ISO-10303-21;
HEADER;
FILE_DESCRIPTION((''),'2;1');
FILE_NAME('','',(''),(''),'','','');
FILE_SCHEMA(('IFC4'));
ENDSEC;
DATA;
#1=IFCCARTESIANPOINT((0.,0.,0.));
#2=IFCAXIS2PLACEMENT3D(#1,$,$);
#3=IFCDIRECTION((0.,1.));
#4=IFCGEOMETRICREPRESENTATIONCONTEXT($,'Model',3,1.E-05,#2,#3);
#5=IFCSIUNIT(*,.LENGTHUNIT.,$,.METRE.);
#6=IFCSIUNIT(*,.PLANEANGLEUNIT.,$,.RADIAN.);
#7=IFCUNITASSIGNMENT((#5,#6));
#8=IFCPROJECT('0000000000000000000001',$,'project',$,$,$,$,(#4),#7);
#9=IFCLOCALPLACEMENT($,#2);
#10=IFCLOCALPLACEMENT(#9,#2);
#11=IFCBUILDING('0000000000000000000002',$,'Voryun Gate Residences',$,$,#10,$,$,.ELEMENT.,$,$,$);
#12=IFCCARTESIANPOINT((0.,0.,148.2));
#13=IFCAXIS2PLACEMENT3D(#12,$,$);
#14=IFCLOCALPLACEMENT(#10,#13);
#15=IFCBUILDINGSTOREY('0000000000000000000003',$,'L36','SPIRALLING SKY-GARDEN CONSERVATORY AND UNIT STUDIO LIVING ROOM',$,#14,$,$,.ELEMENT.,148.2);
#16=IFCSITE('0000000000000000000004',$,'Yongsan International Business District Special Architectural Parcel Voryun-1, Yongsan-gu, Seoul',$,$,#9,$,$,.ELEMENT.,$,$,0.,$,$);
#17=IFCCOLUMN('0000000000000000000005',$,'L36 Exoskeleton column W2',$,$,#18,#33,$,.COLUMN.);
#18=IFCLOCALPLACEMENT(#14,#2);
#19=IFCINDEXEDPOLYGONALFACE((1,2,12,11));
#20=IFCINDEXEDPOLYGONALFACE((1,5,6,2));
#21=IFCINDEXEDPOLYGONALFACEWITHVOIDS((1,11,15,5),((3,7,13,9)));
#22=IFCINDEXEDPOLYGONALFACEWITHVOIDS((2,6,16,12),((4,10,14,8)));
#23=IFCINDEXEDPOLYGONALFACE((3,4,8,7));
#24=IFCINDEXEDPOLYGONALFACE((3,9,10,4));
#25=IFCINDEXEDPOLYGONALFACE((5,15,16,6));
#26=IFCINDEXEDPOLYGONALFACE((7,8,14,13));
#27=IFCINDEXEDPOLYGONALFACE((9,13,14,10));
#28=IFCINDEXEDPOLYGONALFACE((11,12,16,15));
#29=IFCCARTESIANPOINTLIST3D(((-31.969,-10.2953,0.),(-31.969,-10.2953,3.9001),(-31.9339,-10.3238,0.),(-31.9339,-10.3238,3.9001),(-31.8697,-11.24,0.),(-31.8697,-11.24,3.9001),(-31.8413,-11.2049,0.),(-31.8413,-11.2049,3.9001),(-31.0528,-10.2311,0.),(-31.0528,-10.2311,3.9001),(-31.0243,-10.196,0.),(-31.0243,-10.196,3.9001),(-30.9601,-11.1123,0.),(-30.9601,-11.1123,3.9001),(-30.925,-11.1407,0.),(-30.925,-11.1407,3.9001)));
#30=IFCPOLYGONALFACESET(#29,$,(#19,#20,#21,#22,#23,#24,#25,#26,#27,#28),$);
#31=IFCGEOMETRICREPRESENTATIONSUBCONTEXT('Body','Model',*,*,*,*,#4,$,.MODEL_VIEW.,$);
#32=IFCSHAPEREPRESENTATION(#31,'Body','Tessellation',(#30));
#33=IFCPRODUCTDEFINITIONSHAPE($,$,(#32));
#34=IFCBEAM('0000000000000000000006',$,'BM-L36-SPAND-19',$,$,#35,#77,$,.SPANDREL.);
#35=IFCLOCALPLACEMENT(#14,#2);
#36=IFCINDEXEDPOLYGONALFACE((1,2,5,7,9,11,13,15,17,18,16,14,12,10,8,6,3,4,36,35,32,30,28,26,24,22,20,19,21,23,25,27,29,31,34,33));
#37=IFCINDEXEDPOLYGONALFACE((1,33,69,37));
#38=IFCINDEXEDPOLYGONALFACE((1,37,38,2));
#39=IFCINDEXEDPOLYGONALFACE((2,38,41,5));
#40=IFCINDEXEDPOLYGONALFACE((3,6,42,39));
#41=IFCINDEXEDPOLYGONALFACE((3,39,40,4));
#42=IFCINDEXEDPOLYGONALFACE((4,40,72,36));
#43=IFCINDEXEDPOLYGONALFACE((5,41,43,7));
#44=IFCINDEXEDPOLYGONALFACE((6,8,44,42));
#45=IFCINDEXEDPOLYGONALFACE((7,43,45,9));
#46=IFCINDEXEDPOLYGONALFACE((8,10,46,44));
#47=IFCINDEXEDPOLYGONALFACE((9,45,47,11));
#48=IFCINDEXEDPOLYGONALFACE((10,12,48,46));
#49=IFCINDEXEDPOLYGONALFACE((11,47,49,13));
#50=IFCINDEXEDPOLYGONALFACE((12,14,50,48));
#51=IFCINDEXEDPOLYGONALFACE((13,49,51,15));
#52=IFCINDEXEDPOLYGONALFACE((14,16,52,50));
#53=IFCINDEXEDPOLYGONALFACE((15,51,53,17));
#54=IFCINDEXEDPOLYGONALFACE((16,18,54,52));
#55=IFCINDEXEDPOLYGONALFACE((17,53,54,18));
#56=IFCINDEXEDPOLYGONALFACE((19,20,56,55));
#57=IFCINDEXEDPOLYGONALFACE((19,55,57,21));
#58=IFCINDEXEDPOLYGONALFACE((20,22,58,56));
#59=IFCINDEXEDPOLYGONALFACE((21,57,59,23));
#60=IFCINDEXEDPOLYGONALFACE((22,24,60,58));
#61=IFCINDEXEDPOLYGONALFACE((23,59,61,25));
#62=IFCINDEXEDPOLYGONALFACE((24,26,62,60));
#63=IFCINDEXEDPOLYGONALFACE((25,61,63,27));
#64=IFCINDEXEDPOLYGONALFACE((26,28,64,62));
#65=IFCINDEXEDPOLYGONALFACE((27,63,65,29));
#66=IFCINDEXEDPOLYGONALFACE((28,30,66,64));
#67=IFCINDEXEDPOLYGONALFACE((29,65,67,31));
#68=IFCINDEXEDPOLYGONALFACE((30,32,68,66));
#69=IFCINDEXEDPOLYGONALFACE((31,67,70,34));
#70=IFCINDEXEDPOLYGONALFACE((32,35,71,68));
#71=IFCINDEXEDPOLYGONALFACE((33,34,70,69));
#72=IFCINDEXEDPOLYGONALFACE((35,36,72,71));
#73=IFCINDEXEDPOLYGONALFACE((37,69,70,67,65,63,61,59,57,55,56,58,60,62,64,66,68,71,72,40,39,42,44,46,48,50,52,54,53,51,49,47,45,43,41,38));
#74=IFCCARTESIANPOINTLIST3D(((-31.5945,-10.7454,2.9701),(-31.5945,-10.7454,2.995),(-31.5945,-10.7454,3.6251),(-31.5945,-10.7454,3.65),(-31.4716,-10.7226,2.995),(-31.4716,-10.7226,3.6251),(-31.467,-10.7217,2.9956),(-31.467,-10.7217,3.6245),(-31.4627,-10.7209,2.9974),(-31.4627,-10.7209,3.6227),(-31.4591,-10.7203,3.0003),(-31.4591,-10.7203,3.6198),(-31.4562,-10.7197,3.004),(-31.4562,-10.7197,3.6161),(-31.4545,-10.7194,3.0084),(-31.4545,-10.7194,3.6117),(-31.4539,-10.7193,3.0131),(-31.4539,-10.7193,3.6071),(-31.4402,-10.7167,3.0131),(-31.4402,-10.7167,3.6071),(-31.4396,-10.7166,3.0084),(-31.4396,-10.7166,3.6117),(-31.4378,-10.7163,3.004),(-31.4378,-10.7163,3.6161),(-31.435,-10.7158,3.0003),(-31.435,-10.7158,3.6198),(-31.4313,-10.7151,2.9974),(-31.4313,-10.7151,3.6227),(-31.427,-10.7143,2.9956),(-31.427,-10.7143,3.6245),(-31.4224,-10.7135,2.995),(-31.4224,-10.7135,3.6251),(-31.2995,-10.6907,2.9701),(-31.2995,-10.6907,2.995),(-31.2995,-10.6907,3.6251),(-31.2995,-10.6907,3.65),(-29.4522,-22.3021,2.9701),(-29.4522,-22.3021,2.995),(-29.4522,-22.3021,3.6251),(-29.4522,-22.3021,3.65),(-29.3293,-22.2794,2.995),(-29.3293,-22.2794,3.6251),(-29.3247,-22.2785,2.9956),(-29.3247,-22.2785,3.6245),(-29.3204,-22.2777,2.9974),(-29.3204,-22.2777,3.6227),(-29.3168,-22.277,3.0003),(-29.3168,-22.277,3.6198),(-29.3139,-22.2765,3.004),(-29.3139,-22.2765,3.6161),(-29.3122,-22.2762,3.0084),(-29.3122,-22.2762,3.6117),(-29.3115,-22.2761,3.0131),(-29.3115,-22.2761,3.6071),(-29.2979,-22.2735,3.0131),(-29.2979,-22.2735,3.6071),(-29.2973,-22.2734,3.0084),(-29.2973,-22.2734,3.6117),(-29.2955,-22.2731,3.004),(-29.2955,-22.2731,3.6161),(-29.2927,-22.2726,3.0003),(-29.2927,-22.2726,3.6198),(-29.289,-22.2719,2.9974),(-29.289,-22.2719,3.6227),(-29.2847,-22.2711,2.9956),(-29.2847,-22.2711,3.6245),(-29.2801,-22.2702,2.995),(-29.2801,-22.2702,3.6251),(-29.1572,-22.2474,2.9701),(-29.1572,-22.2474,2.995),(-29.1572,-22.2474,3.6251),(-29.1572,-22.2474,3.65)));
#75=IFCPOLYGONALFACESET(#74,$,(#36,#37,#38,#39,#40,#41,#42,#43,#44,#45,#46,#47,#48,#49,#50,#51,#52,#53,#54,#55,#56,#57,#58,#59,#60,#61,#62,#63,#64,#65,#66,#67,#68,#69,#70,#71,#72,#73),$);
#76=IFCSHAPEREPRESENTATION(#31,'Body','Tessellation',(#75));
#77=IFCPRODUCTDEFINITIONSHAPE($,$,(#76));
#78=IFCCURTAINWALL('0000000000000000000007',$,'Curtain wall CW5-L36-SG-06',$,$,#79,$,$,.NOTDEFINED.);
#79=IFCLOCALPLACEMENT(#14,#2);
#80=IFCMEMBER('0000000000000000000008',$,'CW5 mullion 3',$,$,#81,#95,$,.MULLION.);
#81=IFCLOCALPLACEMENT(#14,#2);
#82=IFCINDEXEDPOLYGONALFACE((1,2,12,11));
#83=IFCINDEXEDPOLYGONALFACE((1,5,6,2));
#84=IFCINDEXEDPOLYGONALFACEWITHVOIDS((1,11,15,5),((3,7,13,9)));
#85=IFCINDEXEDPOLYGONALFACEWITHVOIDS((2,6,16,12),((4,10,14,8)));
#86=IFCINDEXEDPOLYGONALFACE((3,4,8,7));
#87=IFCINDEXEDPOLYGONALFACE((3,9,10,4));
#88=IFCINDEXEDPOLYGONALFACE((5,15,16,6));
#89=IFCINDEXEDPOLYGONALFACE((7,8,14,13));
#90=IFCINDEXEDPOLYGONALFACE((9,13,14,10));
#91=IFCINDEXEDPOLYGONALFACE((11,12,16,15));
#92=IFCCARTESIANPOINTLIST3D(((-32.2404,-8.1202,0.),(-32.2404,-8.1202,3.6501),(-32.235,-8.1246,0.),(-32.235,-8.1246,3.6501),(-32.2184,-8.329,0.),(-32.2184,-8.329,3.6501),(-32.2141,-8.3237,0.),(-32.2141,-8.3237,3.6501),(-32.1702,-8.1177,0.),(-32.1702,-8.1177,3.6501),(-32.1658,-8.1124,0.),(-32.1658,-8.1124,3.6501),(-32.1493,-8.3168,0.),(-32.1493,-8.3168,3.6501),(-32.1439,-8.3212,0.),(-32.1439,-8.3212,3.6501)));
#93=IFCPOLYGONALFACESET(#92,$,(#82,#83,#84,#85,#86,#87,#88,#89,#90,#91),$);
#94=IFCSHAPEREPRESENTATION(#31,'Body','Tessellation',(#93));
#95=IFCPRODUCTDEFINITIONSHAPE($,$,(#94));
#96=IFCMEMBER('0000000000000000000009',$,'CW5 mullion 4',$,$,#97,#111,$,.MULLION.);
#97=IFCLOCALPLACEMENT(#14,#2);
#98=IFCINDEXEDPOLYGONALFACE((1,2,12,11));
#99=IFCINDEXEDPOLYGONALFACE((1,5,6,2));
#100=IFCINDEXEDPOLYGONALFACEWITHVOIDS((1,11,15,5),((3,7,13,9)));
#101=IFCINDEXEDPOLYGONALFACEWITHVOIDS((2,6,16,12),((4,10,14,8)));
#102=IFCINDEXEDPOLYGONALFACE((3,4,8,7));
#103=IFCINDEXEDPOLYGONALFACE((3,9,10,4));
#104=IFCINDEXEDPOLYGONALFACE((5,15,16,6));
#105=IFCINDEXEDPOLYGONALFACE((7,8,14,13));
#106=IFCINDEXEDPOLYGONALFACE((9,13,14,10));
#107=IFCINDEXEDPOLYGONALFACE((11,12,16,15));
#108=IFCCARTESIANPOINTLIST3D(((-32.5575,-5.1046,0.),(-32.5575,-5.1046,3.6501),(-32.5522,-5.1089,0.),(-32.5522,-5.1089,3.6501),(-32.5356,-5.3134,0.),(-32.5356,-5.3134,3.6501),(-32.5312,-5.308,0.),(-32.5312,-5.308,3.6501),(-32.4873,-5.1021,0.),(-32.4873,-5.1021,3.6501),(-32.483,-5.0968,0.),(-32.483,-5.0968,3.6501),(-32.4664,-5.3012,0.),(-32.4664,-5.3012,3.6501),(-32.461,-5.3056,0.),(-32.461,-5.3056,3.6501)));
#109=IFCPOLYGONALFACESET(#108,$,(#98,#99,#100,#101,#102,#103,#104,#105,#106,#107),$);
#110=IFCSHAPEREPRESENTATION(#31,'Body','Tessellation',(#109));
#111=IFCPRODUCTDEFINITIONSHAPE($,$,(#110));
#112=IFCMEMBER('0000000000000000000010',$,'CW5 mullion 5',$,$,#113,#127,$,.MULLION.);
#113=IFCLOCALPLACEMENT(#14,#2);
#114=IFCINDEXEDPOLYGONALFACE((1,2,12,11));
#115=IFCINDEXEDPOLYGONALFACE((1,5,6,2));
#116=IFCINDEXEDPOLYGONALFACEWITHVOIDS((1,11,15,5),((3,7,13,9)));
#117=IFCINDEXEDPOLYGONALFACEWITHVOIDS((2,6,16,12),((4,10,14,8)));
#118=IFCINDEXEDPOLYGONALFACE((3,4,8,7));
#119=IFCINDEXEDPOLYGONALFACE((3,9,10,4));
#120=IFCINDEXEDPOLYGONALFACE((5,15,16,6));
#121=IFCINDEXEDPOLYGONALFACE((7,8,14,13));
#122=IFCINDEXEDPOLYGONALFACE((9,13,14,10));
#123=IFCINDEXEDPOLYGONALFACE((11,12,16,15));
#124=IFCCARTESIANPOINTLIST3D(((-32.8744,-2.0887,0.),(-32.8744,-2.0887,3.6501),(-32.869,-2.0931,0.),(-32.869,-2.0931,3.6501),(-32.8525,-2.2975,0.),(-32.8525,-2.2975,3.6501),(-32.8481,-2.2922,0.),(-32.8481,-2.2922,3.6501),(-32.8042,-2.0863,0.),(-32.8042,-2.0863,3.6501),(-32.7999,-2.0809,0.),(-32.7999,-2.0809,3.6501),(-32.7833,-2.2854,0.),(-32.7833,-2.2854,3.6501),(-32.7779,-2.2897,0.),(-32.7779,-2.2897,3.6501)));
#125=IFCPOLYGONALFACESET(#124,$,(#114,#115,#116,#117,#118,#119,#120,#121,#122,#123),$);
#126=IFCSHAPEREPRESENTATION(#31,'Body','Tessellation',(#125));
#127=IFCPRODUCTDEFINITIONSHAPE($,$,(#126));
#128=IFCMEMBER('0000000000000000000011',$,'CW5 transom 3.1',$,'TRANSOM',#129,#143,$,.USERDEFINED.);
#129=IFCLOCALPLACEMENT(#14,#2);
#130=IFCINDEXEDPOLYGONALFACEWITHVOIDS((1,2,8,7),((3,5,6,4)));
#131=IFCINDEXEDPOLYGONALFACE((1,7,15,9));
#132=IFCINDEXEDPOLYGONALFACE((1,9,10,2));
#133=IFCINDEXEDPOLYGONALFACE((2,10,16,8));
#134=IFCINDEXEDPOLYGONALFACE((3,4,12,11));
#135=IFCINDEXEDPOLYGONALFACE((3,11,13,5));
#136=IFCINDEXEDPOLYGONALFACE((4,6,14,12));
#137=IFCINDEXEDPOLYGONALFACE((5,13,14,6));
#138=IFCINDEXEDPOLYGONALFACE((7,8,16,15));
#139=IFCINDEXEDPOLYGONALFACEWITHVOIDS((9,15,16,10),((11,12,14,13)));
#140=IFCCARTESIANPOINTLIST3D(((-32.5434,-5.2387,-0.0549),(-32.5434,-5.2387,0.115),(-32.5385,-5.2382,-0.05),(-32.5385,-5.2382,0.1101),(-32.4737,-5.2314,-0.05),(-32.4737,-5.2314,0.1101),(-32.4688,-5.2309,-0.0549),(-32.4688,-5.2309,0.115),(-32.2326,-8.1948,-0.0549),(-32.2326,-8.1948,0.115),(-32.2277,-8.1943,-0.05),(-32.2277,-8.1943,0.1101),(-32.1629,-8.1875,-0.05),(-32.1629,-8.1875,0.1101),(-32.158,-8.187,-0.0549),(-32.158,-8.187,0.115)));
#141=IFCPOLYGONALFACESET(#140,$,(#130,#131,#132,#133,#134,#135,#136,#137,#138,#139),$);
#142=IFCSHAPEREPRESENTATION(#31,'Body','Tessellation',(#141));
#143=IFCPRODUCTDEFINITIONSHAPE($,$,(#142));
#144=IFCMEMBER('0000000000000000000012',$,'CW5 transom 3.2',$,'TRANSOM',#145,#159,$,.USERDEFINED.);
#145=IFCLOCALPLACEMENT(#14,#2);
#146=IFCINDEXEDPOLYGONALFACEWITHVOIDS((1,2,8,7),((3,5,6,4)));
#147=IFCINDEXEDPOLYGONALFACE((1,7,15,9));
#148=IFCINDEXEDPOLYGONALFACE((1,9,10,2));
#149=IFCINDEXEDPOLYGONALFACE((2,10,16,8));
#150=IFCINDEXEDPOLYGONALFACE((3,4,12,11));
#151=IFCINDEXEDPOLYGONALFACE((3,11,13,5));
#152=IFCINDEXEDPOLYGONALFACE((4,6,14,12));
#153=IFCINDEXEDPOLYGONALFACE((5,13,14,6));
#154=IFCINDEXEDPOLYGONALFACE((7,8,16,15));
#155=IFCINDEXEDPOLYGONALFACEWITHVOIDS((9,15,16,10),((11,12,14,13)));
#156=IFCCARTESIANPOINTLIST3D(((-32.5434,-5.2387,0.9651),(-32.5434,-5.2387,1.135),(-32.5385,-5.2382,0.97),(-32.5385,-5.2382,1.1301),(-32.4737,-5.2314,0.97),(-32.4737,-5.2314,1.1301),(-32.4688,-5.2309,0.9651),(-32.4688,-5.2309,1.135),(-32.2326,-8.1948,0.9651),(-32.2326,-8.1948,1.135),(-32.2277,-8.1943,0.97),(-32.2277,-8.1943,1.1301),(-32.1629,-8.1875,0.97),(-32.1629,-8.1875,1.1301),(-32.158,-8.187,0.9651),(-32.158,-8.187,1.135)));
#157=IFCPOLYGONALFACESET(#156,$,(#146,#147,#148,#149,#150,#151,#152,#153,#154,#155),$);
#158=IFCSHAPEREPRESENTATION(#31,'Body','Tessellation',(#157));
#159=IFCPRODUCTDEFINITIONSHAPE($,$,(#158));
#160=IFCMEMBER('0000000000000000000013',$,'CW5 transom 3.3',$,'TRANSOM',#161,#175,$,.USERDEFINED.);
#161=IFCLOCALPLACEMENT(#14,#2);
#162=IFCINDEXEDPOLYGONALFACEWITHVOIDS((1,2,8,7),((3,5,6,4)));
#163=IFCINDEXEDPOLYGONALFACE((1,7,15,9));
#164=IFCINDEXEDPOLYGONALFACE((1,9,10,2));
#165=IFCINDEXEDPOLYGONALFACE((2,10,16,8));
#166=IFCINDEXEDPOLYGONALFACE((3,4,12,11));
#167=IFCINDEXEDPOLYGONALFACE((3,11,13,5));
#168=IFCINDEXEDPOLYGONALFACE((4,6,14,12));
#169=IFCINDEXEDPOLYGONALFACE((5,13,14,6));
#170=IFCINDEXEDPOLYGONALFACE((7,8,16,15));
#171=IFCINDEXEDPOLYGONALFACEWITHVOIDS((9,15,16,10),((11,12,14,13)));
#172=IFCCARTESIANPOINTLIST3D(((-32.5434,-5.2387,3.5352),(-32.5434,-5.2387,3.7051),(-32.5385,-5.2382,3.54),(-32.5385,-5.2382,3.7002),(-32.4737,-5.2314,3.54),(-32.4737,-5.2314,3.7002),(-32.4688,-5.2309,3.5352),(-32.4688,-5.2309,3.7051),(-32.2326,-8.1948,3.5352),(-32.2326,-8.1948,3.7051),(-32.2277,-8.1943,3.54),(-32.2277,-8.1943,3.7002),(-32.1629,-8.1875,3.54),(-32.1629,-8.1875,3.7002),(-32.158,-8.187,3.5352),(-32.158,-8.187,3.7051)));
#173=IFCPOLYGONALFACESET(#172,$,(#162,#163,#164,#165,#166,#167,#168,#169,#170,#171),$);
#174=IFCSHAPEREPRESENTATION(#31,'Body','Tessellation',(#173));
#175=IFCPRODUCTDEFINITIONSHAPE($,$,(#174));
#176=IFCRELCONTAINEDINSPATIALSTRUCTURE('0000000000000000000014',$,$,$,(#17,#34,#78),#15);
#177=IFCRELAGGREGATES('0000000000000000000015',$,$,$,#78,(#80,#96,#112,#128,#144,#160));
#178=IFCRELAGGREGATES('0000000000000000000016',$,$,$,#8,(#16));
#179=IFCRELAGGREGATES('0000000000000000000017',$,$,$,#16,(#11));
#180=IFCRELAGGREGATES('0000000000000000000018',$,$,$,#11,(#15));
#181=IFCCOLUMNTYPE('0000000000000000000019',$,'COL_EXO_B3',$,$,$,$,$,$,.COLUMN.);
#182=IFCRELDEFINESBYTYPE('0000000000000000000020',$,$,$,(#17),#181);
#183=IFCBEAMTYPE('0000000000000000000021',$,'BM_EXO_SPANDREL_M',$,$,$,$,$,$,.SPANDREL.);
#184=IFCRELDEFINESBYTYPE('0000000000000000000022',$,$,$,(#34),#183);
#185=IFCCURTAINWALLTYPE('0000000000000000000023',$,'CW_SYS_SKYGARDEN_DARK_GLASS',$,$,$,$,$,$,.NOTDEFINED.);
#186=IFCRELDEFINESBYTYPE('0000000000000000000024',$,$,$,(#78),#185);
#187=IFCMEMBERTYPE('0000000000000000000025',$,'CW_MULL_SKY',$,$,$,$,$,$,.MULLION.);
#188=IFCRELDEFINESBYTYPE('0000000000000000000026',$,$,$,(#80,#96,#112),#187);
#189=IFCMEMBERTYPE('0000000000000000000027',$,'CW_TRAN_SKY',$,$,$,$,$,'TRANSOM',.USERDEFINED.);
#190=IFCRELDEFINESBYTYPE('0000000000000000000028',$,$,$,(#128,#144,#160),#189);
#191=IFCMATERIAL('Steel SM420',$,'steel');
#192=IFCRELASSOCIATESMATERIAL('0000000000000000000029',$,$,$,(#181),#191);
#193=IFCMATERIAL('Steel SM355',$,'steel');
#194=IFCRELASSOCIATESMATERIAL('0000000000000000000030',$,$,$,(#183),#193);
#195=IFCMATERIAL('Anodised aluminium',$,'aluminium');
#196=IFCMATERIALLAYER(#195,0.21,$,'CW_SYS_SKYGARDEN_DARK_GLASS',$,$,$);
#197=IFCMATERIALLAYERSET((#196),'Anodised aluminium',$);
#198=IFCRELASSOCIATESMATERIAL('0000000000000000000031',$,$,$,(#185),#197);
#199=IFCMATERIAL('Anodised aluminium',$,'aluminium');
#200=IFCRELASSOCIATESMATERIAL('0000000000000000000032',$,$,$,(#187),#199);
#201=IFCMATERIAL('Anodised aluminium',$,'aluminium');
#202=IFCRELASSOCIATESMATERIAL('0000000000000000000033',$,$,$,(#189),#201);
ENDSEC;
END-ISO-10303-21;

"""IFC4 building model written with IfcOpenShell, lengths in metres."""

from ifc_helpers import new_model, si_unit, direction, frame, origin, origin_2d, place, context, subcontext, project, spatial, hollow_rectangle, i_section, extrude, material, layer, layer_set, material_profile, profile_set, type_object, element, aggregate, save


model = new_model("IFC4")

# Units and contexts
model_context = context("Model", 3, precision=1e-05, world=origin(), true_north=direction((0.0, 1.0)))
body_context = subcontext(model_context, "Body", "Model", "MODEL_VIEW")
ifc_project = project(units=[si_unit("LENGTHUNIT", "METRE"), si_unit("PLANEANGLEUNIT", "RADIAN")], contexts=[model_context])

# Site, building, storey
site_placement = place(None, origin())
site = spatial("IfcSite", under=ifc_project, at=site_placement, Name="Yongsan International Business District Special Architectural Parcel Voryun-1, Yongsan-gu, Seoul", CompositionType="ELEMENT", RefElevation=0.0)
building_placement = place(site_placement, origin())
building = spatial("IfcBuilding", under=site, at=building_placement, Name="Voryun Gate Residences", CompositionType="ELEMENT")
storey_placement = place(building_placement, frame((0.0, 0.0, 148.2)))
storey = spatial("IfcBuildingStorey", under=building, at=storey_placement, Name="L36", Description="SPIRALLING SKY-GARDEN CONSERVATORY AND UNIT STUDIO LIVING ROOM", CompositionType="ELEMENT", Elevation=148.2)

# Column
ifc_material_1 = material(Name="Steel SM420", Category="steel")
ifc_material_profile_1 = material_profile(ifc_material_1, hollow_rectangle(XDim=0.95, YDim=0.95, WallThickness=0.032, at=origin_2d()), Name="BOX-950x950x32")
ifc_profile_set_1 = profile_set([ifc_material_profile_1], Name="Steel SM420")
column_type = type_object("IfcColumnType", Name="COL_EXO_B3", PredefinedType="COLUMN", material=ifc_profile_set_1)
column_placement = place(storey_placement, frame((-31.447, -10.718, 0.0), z_axis=(0.0, 0.0, 1.0), x_axis=(0.994522, 0.104528, 0.0)))
element("IfcColumn", 1, at=column_placement, inside=storey, type_object=column_type, Name="L36 Exoskeleton column W2", PredefinedType="COLUMN", context=body_context, shape_type="SweptSolid", body=[
    extrude(hollow_rectangle(XDim=0.95, YDim=0.95, WallThickness=0.032, at=origin_2d()), origin(), (0.0, 0.0, 1.0), 3.9001),
])

# Beam
ifc_material_2 = material(Name="Steel SM355", Category="steel")
ifc_material_profile_2 = material_profile(ifc_material_2, i_section(OverallWidth=0.3, OverallDepth=0.6799, WebThickness=0.0139, FlangeThickness=0.0249, FilletRadius=0.0181, at=origin_2d()), Name="H-680x300x14x25")
ifc_profile_set_2 = profile_set([ifc_material_profile_2], Name="Steel SM355")
beam_type = type_object("IfcBeamType", Name="BM_EXO_SPANDREL_M", PredefinedType="SPANDREL", material=ifc_profile_set_2)
beam_placement = place(storey_placement, frame((-31.447, -10.718, 3.3101), z_axis=(0.182268, -0.983249, 0.0), x_axis=(0.983249, 0.182268, 0.0)))
element("IfcBeam", 2, at=beam_placement, inside=storey, type_object=beam_type, Name="BM-L36-SPAND-19", PredefinedType="SPANDREL", context=body_context, shape_type="SweptSolid", body=[
    extrude(i_section(OverallWidth=0.3, OverallDepth=0.6799, WebThickness=0.0139, FlangeThickness=0.0249, FilletRadius=0.0181, at=origin_2d()), origin(), (0.0, 0.0, 1.0), 11.7537),
])

# Curtain wall, members
ifc_material_3 = material(Name="Anodised aluminium", Category="aluminium")
ifc_layer_1 = layer(ifc_material_3, 0.21, Name="CW_SYS_SKYGARDEN_DARK_GLASS")
ifc_layer_set_1 = layer_set([ifc_layer_1], Name="Anodised aluminium")
curtain_wall_type = type_object("IfcCurtainWallType", Name="CW_SYS_SKYGARDEN_DARK_GLASS", PredefinedType="NOTDEFINED", material=ifc_layer_set_1)
curtain_wall_placement = place(storey_placement, origin())
curtain_wall = element("IfcCurtainWall", 3, at=curtain_wall_placement, inside=storey, type_object=curtain_wall_type, Name="Curtain wall CW5-L36-SG-06", PredefinedType="NOTDEFINED")
ifc_material_4 = material(Name="Anodised aluminium", Category="aluminium")
ifc_material_profile_3 = material_profile(ifc_material_4, hollow_rectangle(XDim=0.075, YDim=0.21, WallThickness=0.0049, at=origin_2d()), Name="ALU-MULL-210x75x5")
ifc_profile_set_3 = profile_set([ifc_material_profile_3], Name="Anodised aluminium")
member_type_1 = type_object("IfcMemberType", Name="CW_MULL_SKY", PredefinedType="MULLION", material=ifc_profile_set_3)
member_1_placement = place(storey_placement, frame((-32.1921, -8.2207, 0.0), z_axis=(0.0, 0.0, 1.0), x_axis=(-0.994522, -0.10453, 0.0)))
member_1 = element("IfcMember", 4, at=member_1_placement, type_object=member_type_1, Name="CW5 mullion 3", PredefinedType="MULLION", context=body_context, shape_type="SweptSolid", body=[
    extrude(hollow_rectangle(XDim=0.075, YDim=0.21, WallThickness=0.0049, at=origin_2d()), origin(), (0.0, 0.0, 1.0), 3.6501),
])
member_2_placement = place(storey_placement, frame((-32.5093, -5.2051, 0.0), z_axis=(0.0, 0.0, 1.0), x_axis=(-0.994522, -0.10453, 0.0)))
member_2 = element("IfcMember", 5, at=member_2_placement, type_object=member_type_1, Name="CW5 mullion 4", PredefinedType="MULLION", context=body_context, shape_type="SweptSolid", body=[
    extrude(hollow_rectangle(XDim=0.075, YDim=0.21, WallThickness=0.0049, at=origin_2d()), origin(), (0.0, 0.0, 1.0), 3.6501),
])
member_3_placement = place(storey_placement, frame((-32.8262, -2.1892, 0.0), z_axis=(0.0, 0.0, 1.0), x_axis=(-0.994522, -0.10453, 0.0)))
member_3 = element("IfcMember", 6, at=member_3_placement, type_object=member_type_1, Name="CW5 mullion 5", PredefinedType="MULLION", context=body_context, shape_type="SweptSolid", body=[
    extrude(hollow_rectangle(XDim=0.075, YDim=0.21, WallThickness=0.0049, at=origin_2d()), origin(), (0.0, 0.0, 1.0), 3.6501),
])
ifc_material_5 = material(Name="Anodised aluminium", Category="aluminium")
ifc_material_profile_4 = material_profile(ifc_material_5, hollow_rectangle(XDim=0.075, YDim=0.1699, WallThickness=0.0049, at=origin_2d()), Name="ALU-TRAN-170x75x5")
ifc_profile_set_4 = profile_set([ifc_material_profile_4], Name="Anodised aluminium")
member_type_2 = type_object("IfcMemberType", Name="CW_TRAN_SKY", ElementType="TRANSOM", PredefinedType="USERDEFINED", material=ifc_profile_set_4)
member_4_placement = place(storey_placement, frame((-32.1953, -8.1909, 0.03), z_axis=(-0.104561, 0.994518, 0.0), x_axis=(-0.994518, -0.104561, 0.0)))
member_4 = element("IfcMember", 7, at=member_4_placement, type_object=member_type_2, Name="CW5 transom 3.1", ObjectType="TRANSOM", PredefinedType="USERDEFINED", context=body_context, shape_type="SweptSolid", body=[
    extrude(hollow_rectangle(XDim=0.075, YDim=0.1699, WallThickness=0.0049, at=origin_2d()), origin(), (0.0, 0.0, 1.0), 2.9724),
])
member_5_placement = place(storey_placement, frame((-32.1953, -8.1909, 1.05), z_axis=(-0.104561, 0.994518, 0.0), x_axis=(-0.994518, -0.104561, 0.0)))
member_5 = element("IfcMember", 8, at=member_5_placement, type_object=member_type_2, Name="CW5 transom 3.2", ObjectType="TRANSOM", PredefinedType="USERDEFINED", context=body_context, shape_type="SweptSolid", body=[
    extrude(hollow_rectangle(XDim=0.075, YDim=0.1699, WallThickness=0.0049, at=origin_2d()), origin(), (0.0, 0.0, 1.0), 2.9724),
])
member_6_placement = place(storey_placement, frame((-32.1953, -8.1909, 3.6201), z_axis=(-0.104561, 0.994518, 0.0), x_axis=(-0.994518, -0.104561, 0.0)))
member_6 = element("IfcMember", 9, at=member_6_placement, type_object=member_type_2, Name="CW5 transom 3.3", ObjectType="TRANSOM", PredefinedType="USERDEFINED", context=body_context, shape_type="SweptSolid", body=[
    extrude(hollow_rectangle(XDim=0.075, YDim=0.1699, WallThickness=0.0049, at=origin_2d()), origin(), (0.0, 0.0, 1.0), 2.9724),
])
aggregate(curtain_wall, [member_1, member_2, member_3, member_4, member_5, member_6])

save(model, "model.ifc")
